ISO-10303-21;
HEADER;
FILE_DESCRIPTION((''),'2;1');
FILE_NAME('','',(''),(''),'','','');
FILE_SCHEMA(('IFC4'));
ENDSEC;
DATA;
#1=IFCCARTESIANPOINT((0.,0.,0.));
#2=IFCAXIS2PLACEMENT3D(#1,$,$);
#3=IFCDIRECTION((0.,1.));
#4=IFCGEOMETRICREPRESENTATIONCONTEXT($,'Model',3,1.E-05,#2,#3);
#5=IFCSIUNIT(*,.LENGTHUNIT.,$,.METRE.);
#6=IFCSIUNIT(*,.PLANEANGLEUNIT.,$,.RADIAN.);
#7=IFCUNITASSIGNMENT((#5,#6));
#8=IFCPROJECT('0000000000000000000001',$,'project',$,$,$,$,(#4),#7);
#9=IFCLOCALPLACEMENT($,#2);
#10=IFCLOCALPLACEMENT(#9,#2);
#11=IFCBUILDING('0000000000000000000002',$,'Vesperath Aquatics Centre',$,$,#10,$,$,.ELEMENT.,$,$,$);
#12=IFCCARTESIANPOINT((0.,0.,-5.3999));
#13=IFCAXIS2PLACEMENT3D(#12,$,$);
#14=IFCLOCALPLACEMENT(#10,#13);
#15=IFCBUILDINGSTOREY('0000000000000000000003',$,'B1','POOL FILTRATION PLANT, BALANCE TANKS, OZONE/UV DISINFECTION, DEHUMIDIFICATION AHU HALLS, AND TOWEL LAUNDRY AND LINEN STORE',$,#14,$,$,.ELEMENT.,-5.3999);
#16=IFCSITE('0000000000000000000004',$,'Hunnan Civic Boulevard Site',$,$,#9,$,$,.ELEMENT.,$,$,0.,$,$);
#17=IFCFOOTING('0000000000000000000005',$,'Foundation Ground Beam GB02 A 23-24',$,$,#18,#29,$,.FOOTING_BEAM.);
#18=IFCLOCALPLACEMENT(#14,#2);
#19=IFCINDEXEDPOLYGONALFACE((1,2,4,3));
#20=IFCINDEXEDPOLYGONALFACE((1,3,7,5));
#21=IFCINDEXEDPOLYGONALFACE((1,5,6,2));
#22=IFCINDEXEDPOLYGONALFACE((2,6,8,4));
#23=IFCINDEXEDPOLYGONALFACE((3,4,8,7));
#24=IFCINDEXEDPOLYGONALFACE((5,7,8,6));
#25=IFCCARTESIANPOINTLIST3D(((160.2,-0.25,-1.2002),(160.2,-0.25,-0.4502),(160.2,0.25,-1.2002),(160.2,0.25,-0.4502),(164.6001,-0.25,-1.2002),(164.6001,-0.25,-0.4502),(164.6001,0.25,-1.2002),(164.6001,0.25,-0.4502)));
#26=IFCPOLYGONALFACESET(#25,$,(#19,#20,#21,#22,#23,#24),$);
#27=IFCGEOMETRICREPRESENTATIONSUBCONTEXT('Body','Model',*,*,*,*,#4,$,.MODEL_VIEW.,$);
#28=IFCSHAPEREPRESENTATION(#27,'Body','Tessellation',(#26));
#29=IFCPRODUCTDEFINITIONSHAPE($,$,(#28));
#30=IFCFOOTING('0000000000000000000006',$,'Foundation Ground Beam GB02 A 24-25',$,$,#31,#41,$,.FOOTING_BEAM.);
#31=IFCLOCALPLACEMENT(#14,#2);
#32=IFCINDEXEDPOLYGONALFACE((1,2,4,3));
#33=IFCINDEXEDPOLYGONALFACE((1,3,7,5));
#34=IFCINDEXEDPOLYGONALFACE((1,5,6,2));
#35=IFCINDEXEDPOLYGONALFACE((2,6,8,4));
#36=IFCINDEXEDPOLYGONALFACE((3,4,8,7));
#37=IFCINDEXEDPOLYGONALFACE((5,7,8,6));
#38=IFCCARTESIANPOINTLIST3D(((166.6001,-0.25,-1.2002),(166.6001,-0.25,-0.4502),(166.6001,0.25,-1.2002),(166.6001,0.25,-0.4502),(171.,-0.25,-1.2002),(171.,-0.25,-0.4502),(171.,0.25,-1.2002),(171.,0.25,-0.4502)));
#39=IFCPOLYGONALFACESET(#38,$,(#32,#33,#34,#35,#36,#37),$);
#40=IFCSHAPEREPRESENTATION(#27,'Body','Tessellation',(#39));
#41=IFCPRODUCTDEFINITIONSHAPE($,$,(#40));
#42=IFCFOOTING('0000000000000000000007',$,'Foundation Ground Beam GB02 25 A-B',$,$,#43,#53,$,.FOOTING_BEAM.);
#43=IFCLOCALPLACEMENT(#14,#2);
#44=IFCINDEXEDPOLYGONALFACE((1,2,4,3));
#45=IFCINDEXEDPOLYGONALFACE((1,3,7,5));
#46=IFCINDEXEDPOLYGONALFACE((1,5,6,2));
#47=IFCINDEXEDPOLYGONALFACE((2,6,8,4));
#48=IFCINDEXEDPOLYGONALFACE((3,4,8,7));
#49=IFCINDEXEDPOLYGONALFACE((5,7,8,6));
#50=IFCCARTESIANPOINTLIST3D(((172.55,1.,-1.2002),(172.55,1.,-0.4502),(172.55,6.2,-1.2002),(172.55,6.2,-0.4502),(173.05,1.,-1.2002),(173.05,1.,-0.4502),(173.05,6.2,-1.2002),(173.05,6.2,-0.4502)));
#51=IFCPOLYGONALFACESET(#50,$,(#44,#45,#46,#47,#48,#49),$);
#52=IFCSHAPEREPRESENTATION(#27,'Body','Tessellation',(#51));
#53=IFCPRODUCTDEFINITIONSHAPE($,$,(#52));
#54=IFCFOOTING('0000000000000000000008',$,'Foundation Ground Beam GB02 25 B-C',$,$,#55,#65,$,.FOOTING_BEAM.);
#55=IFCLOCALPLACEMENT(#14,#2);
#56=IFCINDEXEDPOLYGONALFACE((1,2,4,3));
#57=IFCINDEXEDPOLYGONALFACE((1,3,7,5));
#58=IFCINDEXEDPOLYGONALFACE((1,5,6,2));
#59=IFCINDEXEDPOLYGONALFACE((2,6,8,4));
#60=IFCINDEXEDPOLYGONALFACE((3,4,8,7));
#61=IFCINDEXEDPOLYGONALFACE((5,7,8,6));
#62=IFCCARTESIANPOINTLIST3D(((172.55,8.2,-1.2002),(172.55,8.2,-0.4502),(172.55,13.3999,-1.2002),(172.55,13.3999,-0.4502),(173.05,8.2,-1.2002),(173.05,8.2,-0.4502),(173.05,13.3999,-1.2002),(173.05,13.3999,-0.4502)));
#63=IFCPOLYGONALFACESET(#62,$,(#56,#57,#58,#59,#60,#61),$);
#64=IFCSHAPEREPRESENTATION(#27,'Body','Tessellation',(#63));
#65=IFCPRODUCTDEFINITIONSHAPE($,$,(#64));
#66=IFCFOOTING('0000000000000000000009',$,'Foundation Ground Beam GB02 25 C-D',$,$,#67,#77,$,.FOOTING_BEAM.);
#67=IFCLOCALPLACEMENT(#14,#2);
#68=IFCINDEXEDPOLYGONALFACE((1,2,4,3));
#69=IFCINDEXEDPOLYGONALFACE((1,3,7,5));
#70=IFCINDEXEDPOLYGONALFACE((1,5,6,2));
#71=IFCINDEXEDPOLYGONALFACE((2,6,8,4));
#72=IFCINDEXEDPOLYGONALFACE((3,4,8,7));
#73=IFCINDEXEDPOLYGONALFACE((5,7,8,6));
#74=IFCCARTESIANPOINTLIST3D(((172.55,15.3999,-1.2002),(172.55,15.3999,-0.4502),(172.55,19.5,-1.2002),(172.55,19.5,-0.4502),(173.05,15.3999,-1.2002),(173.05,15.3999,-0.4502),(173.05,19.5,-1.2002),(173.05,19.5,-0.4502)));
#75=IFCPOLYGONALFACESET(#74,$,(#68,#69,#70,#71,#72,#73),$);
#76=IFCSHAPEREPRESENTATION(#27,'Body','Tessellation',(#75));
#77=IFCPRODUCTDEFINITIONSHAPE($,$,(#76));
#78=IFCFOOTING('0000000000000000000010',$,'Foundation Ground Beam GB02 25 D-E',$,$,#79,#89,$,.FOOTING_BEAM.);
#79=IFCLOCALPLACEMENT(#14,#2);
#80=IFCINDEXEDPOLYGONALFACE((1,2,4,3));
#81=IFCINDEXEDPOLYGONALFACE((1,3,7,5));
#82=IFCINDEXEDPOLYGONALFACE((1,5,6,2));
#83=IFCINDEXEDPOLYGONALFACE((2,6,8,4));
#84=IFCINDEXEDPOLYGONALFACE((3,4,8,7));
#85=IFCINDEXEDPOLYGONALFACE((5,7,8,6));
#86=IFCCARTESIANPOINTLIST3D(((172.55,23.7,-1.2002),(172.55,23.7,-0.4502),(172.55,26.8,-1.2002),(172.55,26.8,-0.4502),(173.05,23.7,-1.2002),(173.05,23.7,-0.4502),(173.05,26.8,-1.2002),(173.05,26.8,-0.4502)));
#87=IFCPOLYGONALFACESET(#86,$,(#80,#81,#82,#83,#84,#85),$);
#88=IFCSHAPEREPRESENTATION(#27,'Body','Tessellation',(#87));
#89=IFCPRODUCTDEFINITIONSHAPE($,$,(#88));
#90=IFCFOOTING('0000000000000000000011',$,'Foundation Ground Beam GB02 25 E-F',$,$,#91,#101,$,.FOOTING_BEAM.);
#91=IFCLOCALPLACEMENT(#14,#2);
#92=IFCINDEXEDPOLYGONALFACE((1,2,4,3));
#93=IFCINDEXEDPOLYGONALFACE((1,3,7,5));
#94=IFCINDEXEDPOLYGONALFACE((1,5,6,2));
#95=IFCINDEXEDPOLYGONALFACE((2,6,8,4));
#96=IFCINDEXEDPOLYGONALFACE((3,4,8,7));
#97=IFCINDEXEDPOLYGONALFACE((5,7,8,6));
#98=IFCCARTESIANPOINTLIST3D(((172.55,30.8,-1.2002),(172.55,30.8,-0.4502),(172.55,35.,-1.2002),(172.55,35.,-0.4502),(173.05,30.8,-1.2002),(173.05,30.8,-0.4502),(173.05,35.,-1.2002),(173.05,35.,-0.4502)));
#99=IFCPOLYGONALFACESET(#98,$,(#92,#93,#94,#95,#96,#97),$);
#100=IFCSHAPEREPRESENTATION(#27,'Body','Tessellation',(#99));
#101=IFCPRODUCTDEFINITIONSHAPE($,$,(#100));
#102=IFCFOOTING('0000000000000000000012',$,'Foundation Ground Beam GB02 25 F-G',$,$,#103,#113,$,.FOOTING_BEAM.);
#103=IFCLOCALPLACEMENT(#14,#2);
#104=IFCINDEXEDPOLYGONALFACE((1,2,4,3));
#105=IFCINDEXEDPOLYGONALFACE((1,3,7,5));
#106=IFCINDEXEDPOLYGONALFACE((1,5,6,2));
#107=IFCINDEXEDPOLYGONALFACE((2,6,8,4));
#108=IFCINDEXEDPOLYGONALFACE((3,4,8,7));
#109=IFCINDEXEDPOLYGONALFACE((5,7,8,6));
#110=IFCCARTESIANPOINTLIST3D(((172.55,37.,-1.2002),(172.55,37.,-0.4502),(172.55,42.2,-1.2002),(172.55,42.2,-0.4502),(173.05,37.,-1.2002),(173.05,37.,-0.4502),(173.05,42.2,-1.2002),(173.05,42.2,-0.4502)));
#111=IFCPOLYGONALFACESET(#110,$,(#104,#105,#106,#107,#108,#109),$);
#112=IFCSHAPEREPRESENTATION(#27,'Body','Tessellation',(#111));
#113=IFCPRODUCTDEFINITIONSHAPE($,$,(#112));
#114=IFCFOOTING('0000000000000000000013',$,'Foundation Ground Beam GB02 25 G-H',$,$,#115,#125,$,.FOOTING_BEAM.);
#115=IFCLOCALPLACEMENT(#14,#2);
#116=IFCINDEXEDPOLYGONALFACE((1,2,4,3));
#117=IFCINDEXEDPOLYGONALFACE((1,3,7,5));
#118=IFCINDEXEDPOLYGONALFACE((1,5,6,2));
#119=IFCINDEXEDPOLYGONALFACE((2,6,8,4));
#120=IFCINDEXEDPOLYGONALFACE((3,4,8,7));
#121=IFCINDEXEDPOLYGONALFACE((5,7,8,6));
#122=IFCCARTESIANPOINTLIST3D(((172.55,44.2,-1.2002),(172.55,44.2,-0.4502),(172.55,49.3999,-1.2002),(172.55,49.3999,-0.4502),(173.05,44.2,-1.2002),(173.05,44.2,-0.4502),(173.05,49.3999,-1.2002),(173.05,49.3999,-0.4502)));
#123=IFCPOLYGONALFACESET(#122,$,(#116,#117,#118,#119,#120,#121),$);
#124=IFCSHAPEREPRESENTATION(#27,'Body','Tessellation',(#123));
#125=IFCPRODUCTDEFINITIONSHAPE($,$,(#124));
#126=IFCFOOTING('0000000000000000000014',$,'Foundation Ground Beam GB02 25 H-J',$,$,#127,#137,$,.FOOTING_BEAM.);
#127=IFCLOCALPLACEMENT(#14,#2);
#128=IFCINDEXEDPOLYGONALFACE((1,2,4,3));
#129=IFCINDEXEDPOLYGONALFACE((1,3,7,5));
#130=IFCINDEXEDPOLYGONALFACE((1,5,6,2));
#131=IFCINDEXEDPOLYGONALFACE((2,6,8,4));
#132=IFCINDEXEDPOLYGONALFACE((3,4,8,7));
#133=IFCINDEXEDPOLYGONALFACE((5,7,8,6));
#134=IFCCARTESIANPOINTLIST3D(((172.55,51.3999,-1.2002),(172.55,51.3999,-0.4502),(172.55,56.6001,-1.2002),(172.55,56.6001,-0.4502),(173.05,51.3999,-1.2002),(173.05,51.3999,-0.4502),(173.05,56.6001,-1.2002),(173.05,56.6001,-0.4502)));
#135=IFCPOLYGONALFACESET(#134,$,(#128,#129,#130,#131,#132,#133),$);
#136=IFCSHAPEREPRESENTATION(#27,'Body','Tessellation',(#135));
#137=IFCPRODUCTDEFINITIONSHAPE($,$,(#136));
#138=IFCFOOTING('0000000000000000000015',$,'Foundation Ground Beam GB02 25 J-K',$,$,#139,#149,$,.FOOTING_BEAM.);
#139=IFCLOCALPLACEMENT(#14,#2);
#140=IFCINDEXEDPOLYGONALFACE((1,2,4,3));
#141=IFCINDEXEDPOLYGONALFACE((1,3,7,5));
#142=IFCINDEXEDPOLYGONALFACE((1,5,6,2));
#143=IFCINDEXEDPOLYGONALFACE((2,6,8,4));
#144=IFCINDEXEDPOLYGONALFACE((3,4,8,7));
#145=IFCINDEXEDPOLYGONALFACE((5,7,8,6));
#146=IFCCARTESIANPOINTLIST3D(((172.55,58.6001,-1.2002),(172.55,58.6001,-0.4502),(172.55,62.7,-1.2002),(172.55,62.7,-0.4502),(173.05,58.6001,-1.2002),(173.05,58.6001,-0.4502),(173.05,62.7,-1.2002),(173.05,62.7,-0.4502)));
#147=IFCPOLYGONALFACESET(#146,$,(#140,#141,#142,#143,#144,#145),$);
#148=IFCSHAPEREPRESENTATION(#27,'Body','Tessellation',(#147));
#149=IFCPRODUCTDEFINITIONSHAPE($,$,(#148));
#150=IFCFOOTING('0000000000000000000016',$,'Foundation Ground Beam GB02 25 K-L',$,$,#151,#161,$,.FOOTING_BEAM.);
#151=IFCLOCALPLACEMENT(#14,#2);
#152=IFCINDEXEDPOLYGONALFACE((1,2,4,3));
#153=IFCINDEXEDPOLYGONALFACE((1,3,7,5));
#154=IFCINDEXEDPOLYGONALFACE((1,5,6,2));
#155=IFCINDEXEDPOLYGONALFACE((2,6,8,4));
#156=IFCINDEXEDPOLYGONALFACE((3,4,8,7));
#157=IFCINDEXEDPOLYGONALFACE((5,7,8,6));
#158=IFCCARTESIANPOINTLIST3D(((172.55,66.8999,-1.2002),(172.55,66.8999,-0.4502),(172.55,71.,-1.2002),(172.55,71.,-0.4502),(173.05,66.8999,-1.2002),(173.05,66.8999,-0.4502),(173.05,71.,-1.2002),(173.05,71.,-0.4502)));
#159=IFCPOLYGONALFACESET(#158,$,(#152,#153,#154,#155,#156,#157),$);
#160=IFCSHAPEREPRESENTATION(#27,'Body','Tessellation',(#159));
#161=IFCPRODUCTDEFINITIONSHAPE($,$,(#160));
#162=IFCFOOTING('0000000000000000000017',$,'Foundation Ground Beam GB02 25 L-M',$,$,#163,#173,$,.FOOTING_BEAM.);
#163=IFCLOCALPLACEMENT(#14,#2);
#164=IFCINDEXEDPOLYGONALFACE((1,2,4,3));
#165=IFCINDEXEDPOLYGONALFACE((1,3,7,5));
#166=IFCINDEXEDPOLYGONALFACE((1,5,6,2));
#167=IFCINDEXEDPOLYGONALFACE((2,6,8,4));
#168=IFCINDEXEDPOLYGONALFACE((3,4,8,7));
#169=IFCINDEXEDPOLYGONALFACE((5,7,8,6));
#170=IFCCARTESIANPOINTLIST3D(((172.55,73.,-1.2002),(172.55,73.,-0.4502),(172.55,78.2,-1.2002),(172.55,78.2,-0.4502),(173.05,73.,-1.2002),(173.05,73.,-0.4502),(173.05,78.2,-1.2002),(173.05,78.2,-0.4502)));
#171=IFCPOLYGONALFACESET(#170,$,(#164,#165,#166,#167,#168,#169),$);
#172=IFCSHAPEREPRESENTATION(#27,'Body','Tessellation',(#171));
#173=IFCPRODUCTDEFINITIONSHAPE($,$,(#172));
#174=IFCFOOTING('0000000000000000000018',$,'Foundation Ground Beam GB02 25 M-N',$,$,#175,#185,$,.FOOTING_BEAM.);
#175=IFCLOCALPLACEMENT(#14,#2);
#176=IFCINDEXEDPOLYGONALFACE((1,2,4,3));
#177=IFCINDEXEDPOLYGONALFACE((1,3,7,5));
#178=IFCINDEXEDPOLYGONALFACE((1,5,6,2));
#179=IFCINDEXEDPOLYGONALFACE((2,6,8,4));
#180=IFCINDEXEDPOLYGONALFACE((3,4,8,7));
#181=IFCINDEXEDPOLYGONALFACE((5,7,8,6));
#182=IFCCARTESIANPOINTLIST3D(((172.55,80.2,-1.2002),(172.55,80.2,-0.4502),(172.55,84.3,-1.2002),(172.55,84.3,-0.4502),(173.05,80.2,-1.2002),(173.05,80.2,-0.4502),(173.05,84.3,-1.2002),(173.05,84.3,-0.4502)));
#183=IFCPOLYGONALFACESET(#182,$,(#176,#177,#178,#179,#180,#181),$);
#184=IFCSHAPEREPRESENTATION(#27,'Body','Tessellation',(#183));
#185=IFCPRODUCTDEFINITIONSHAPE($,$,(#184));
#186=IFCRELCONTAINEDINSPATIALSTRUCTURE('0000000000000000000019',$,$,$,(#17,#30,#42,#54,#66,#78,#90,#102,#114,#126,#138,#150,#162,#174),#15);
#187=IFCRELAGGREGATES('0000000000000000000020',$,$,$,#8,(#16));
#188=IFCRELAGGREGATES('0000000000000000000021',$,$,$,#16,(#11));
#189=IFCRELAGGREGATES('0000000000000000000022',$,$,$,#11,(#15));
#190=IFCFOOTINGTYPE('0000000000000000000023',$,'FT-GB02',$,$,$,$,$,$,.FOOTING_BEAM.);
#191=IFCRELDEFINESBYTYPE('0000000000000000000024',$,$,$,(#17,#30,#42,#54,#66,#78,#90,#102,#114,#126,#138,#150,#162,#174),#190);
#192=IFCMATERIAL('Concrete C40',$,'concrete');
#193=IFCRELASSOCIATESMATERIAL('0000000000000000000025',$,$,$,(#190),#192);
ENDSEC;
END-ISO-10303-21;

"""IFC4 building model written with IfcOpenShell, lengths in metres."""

from ifc_helpers import new_model, si_unit, direction, frame, origin, place, context, subcontext, project, spatial, polyline, outline, extrude, material, type_object, element, save


model = new_model("IFC4")

# Units and contexts
model_context = context("Model", 3, precision=1e-05, world=origin(), true_north=direction((0.0, 1.0)))
body_context = subcontext(model_context, "Body", "Model", "MODEL_VIEW")
ifc_project = project(units=[si_unit("LENGTHUNIT", "METRE"), si_unit("PLANEANGLEUNIT", "RADIAN")], contexts=[model_context])

# Site, building, storey
site_placement = place(None, origin())
site = spatial("IfcSite", under=ifc_project, at=site_placement, Name="Hunnan Civic Boulevard Site", CompositionType="ELEMENT", RefElevation=0.0)
building_placement = place(site_placement, origin())
building = spatial("IfcBuilding", under=site, at=building_placement, Name="Vesperath Aquatics Centre", CompositionType="ELEMENT")
storey_placement = place(building_placement, frame((0.0, 0.0, -5.3999)))
storey = spatial("IfcBuildingStorey", under=building, at=storey_placement, Name="B1", Description="POOL FILTRATION PLANT, BALANCE TANKS, OZONE/UV DISINFECTION, DEHUMIDIFICATION AHU HALLS, AND TOWEL LAUNDRY AND LINEN STORE", CompositionType="ELEMENT", Elevation=-5.3999)

# Footings
ifc_material = material(Name="Concrete C40", Category="concrete")
footing_type = type_object("IfcFootingType", Name="FT-GB02", PredefinedType="FOOTING_BEAM", material=ifc_material)
footing_1_placement = place(storey_placement, frame((0.0, 0.0, -1.2002)))
element("IfcFooting", 1, at=footing_1_placement, inside=storey, type_object=footing_type, Name="Foundation Ground Beam GB02 A 23-24", PredefinedType="FOOTING_BEAM", context=body_context, shape_type="SweptSolid", body=[
    extrude(outline(polyline([(160.2, -0.25), (164.6001, -0.25), (164.6001, 0.25), (160.2, 0.25), (160.2, -0.25)])), origin(), (0.0, 0.0, 1.0), 0.75),
])
footing_2_placement = place(storey_placement, frame((0.0, 0.0, -1.2002)))
element("IfcFooting", 2, at=footing_2_placement, inside=storey, type_object=footing_type, Name="Foundation Ground Beam GB02 A 24-25", PredefinedType="FOOTING_BEAM", context=body_context, shape_type="SweptSolid", body=[
    extrude(outline(polyline([(166.6001, -0.25), (171.0, -0.25), (171.0, 0.25), (166.6001, 0.25), (166.6001, -0.25)])), origin(), (0.0, 0.0, 1.0), 0.75),
])
footing_3_placement = place(storey_placement, frame((0.0, 0.0, -1.2002)))
element("IfcFooting", 3, at=footing_3_placement, inside=storey, type_object=footing_type, Name="Foundation Ground Beam GB02 25 A-B", PredefinedType="FOOTING_BEAM", context=body_context, shape_type="SweptSolid", body=[
    extrude(outline(polyline([(172.55, 1.0), (173.05, 1.0), (173.05, 6.2), (172.55, 6.2), (172.55, 1.0)])), origin(), (0.0, 0.0, 1.0), 0.75),
])
footing_4_placement = place(storey_placement, frame((0.0, 0.0, -1.2002)))
element("IfcFooting", 4, at=footing_4_placement, inside=storey, type_object=footing_type, Name="Foundation Ground Beam GB02 25 B-C", PredefinedType="FOOTING_BEAM", context=body_context, shape_type="SweptSolid", body=[
    extrude(outline(polyline([(172.55, 8.2), (173.05, 8.2), (173.05, 13.3999), (172.55, 13.3999), (172.55, 8.2)])), origin(), (0.0, 0.0, 1.0), 0.75),
])
footing_5_placement = place(storey_placement, frame((0.0, 0.0, -1.2002)))
element("IfcFooting", 5, at=footing_5_placement, inside=storey, type_object=footing_type, Name="Foundation Ground Beam GB02 25 C-D", PredefinedType="FOOTING_BEAM", context=body_context, shape_type="SweptSolid", body=[
    extrude(outline(polyline([(172.55, 15.3999), (173.05, 15.3999), (173.05, 19.5), (172.55, 19.5), (172.55, 15.3999)])), origin(), (0.0, 0.0, 1.0), 0.75),
])
footing_6_placement = place(storey_placement, frame((0.0, 0.0, -1.2002)))
element("IfcFooting", 6, at=footing_6_placement, inside=storey, type_object=footing_type, Name="Foundation Ground Beam GB02 25 D-E", PredefinedType="FOOTING_BEAM", context=body_context, shape_type="SweptSolid", body=[
    extrude(outline(polyline([(172.55, 23.7), (173.05, 23.7), (173.05, 26.8), (172.55, 26.8), (172.55, 23.7)])), origin(), (0.0, 0.0, 1.0), 0.75),
])
footing_7_placement = place(storey_placement, frame((0.0, 0.0, -1.2002)))
element("IfcFooting", 7, at=footing_7_placement, inside=storey, type_object=footing_type, Name="Foundation Ground Beam GB02 25 E-F", PredefinedType="FOOTING_BEAM", context=body_context, shape_type="SweptSolid", body=[
    extrude(outline(polyline([(172.55, 30.8), (173.05, 30.8), (173.05, 35.0), (172.55, 35.0), (172.55, 30.8)])), origin(), (0.0, 0.0, 1.0), 0.75),
])
footing_8_placement = place(storey_placement, frame((0.0, 0.0, -1.2002)))
element("IfcFooting", 8, at=footing_8_placement, inside=storey, type_object=footing_type, Name="Foundation Ground Beam GB02 25 F-G", PredefinedType="FOOTING_BEAM", context=body_context, shape_type="SweptSolid", body=[
    extrude(outline(polyline([(172.55, 37.0), (173.05, 37.0), (173.05, 42.2), (172.55, 42.2), (172.55, 37.0)])), origin(), (0.0, 0.0, 1.0), 0.75),
])
footing_9_placement = place(storey_placement, frame((0.0, 0.0, -1.2002)))
element("IfcFooting", 9, at=footing_9_placement, inside=storey, type_object=footing_type, Name="Foundation Ground Beam GB02 25 G-H", PredefinedType="FOOTING_BEAM", context=body_context, shape_type="SweptSolid", body=[
    extrude(outline(polyline([(172.55, 44.2), (173.05, 44.2), (173.05, 49.3999), (172.55, 49.3999), (172.55, 44.2)])), origin(), (0.0, 0.0, 1.0), 0.75),
])
footing_10_placement = place(storey_placement, frame((0.0, 0.0, -1.2002)))
element("IfcFooting", 10, at=footing_10_placement, inside=storey, type_object=footing_type, Name="Foundation Ground Beam GB02 25 H-J", PredefinedType="FOOTING_BEAM", context=body_context, shape_type="SweptSolid", body=[
    extrude(outline(polyline([(172.55, 51.3999), (173.05, 51.3999), (173.05, 56.6001), (172.55, 56.6001), (172.55, 51.3999)])), origin(), (0.0, 0.0, 1.0), 0.75),
])
footing_11_placement = place(storey_placement, frame((0.0, 0.0, -1.2002)))
element("IfcFooting", 11, at=footing_11_placement, inside=storey, type_object=footing_type, Name="Foundation Ground Beam GB02 25 J-K", PredefinedType="FOOTING_BEAM", context=body_context, shape_type="SweptSolid", body=[
    extrude(outline(polyline([(172.55, 58.6001), (173.05, 58.6001), (173.05, 62.7), (172.55, 62.7), (172.55, 58.6001)])), origin(), (0.0, 0.0, 1.0), 0.75),
])
footing_12_placement = place(storey_placement, frame((0.0, 0.0, -1.2002)))
element("IfcFooting", 12, at=footing_12_placement, inside=storey, type_object=footing_type, Name="Foundation Ground Beam GB02 25 K-L", PredefinedType="FOOTING_BEAM", context=body_context, shape_type="SweptSolid", body=[
    extrude(outline(polyline([(172.55, 66.8999), (173.05, 66.8999), (173.05, 71.0), (172.55, 71.0), (172.55, 66.8999)])), origin(), (0.0, 0.0, 1.0), 0.75),
])
footing_13_placement = place(storey_placement, frame((0.0, 0.0, -1.2002)))
element("IfcFooting", 13, at=footing_13_placement, inside=storey, type_object=footing_type, Name="Foundation Ground Beam GB02 25 L-M", PredefinedType="FOOTING_BEAM", context=body_context, shape_type="SweptSolid", body=[
    extrude(outline(polyline([(172.55, 73.0), (173.05, 73.0), (173.05, 78.2), (172.55, 78.2), (172.55, 73.0)])), origin(), (0.0, 0.0, 1.0), 0.75),
])
footing_14_placement = place(storey_placement, frame((0.0, 0.0, -1.2002)))
element("IfcFooting", 14, at=footing_14_placement, inside=storey, type_object=footing_type, Name="Foundation Ground Beam GB02 25 M-N", PredefinedType="FOOTING_BEAM", context=body_context, shape_type="SweptSolid", body=[
    extrude(outline(polyline([(172.55, 80.2), (173.05, 80.2), (173.05, 84.3), (172.55, 84.3), (172.55, 80.2)])), origin(), (0.0, 0.0, 1.0), 0.75),
])

save(model, "model.ifc")
